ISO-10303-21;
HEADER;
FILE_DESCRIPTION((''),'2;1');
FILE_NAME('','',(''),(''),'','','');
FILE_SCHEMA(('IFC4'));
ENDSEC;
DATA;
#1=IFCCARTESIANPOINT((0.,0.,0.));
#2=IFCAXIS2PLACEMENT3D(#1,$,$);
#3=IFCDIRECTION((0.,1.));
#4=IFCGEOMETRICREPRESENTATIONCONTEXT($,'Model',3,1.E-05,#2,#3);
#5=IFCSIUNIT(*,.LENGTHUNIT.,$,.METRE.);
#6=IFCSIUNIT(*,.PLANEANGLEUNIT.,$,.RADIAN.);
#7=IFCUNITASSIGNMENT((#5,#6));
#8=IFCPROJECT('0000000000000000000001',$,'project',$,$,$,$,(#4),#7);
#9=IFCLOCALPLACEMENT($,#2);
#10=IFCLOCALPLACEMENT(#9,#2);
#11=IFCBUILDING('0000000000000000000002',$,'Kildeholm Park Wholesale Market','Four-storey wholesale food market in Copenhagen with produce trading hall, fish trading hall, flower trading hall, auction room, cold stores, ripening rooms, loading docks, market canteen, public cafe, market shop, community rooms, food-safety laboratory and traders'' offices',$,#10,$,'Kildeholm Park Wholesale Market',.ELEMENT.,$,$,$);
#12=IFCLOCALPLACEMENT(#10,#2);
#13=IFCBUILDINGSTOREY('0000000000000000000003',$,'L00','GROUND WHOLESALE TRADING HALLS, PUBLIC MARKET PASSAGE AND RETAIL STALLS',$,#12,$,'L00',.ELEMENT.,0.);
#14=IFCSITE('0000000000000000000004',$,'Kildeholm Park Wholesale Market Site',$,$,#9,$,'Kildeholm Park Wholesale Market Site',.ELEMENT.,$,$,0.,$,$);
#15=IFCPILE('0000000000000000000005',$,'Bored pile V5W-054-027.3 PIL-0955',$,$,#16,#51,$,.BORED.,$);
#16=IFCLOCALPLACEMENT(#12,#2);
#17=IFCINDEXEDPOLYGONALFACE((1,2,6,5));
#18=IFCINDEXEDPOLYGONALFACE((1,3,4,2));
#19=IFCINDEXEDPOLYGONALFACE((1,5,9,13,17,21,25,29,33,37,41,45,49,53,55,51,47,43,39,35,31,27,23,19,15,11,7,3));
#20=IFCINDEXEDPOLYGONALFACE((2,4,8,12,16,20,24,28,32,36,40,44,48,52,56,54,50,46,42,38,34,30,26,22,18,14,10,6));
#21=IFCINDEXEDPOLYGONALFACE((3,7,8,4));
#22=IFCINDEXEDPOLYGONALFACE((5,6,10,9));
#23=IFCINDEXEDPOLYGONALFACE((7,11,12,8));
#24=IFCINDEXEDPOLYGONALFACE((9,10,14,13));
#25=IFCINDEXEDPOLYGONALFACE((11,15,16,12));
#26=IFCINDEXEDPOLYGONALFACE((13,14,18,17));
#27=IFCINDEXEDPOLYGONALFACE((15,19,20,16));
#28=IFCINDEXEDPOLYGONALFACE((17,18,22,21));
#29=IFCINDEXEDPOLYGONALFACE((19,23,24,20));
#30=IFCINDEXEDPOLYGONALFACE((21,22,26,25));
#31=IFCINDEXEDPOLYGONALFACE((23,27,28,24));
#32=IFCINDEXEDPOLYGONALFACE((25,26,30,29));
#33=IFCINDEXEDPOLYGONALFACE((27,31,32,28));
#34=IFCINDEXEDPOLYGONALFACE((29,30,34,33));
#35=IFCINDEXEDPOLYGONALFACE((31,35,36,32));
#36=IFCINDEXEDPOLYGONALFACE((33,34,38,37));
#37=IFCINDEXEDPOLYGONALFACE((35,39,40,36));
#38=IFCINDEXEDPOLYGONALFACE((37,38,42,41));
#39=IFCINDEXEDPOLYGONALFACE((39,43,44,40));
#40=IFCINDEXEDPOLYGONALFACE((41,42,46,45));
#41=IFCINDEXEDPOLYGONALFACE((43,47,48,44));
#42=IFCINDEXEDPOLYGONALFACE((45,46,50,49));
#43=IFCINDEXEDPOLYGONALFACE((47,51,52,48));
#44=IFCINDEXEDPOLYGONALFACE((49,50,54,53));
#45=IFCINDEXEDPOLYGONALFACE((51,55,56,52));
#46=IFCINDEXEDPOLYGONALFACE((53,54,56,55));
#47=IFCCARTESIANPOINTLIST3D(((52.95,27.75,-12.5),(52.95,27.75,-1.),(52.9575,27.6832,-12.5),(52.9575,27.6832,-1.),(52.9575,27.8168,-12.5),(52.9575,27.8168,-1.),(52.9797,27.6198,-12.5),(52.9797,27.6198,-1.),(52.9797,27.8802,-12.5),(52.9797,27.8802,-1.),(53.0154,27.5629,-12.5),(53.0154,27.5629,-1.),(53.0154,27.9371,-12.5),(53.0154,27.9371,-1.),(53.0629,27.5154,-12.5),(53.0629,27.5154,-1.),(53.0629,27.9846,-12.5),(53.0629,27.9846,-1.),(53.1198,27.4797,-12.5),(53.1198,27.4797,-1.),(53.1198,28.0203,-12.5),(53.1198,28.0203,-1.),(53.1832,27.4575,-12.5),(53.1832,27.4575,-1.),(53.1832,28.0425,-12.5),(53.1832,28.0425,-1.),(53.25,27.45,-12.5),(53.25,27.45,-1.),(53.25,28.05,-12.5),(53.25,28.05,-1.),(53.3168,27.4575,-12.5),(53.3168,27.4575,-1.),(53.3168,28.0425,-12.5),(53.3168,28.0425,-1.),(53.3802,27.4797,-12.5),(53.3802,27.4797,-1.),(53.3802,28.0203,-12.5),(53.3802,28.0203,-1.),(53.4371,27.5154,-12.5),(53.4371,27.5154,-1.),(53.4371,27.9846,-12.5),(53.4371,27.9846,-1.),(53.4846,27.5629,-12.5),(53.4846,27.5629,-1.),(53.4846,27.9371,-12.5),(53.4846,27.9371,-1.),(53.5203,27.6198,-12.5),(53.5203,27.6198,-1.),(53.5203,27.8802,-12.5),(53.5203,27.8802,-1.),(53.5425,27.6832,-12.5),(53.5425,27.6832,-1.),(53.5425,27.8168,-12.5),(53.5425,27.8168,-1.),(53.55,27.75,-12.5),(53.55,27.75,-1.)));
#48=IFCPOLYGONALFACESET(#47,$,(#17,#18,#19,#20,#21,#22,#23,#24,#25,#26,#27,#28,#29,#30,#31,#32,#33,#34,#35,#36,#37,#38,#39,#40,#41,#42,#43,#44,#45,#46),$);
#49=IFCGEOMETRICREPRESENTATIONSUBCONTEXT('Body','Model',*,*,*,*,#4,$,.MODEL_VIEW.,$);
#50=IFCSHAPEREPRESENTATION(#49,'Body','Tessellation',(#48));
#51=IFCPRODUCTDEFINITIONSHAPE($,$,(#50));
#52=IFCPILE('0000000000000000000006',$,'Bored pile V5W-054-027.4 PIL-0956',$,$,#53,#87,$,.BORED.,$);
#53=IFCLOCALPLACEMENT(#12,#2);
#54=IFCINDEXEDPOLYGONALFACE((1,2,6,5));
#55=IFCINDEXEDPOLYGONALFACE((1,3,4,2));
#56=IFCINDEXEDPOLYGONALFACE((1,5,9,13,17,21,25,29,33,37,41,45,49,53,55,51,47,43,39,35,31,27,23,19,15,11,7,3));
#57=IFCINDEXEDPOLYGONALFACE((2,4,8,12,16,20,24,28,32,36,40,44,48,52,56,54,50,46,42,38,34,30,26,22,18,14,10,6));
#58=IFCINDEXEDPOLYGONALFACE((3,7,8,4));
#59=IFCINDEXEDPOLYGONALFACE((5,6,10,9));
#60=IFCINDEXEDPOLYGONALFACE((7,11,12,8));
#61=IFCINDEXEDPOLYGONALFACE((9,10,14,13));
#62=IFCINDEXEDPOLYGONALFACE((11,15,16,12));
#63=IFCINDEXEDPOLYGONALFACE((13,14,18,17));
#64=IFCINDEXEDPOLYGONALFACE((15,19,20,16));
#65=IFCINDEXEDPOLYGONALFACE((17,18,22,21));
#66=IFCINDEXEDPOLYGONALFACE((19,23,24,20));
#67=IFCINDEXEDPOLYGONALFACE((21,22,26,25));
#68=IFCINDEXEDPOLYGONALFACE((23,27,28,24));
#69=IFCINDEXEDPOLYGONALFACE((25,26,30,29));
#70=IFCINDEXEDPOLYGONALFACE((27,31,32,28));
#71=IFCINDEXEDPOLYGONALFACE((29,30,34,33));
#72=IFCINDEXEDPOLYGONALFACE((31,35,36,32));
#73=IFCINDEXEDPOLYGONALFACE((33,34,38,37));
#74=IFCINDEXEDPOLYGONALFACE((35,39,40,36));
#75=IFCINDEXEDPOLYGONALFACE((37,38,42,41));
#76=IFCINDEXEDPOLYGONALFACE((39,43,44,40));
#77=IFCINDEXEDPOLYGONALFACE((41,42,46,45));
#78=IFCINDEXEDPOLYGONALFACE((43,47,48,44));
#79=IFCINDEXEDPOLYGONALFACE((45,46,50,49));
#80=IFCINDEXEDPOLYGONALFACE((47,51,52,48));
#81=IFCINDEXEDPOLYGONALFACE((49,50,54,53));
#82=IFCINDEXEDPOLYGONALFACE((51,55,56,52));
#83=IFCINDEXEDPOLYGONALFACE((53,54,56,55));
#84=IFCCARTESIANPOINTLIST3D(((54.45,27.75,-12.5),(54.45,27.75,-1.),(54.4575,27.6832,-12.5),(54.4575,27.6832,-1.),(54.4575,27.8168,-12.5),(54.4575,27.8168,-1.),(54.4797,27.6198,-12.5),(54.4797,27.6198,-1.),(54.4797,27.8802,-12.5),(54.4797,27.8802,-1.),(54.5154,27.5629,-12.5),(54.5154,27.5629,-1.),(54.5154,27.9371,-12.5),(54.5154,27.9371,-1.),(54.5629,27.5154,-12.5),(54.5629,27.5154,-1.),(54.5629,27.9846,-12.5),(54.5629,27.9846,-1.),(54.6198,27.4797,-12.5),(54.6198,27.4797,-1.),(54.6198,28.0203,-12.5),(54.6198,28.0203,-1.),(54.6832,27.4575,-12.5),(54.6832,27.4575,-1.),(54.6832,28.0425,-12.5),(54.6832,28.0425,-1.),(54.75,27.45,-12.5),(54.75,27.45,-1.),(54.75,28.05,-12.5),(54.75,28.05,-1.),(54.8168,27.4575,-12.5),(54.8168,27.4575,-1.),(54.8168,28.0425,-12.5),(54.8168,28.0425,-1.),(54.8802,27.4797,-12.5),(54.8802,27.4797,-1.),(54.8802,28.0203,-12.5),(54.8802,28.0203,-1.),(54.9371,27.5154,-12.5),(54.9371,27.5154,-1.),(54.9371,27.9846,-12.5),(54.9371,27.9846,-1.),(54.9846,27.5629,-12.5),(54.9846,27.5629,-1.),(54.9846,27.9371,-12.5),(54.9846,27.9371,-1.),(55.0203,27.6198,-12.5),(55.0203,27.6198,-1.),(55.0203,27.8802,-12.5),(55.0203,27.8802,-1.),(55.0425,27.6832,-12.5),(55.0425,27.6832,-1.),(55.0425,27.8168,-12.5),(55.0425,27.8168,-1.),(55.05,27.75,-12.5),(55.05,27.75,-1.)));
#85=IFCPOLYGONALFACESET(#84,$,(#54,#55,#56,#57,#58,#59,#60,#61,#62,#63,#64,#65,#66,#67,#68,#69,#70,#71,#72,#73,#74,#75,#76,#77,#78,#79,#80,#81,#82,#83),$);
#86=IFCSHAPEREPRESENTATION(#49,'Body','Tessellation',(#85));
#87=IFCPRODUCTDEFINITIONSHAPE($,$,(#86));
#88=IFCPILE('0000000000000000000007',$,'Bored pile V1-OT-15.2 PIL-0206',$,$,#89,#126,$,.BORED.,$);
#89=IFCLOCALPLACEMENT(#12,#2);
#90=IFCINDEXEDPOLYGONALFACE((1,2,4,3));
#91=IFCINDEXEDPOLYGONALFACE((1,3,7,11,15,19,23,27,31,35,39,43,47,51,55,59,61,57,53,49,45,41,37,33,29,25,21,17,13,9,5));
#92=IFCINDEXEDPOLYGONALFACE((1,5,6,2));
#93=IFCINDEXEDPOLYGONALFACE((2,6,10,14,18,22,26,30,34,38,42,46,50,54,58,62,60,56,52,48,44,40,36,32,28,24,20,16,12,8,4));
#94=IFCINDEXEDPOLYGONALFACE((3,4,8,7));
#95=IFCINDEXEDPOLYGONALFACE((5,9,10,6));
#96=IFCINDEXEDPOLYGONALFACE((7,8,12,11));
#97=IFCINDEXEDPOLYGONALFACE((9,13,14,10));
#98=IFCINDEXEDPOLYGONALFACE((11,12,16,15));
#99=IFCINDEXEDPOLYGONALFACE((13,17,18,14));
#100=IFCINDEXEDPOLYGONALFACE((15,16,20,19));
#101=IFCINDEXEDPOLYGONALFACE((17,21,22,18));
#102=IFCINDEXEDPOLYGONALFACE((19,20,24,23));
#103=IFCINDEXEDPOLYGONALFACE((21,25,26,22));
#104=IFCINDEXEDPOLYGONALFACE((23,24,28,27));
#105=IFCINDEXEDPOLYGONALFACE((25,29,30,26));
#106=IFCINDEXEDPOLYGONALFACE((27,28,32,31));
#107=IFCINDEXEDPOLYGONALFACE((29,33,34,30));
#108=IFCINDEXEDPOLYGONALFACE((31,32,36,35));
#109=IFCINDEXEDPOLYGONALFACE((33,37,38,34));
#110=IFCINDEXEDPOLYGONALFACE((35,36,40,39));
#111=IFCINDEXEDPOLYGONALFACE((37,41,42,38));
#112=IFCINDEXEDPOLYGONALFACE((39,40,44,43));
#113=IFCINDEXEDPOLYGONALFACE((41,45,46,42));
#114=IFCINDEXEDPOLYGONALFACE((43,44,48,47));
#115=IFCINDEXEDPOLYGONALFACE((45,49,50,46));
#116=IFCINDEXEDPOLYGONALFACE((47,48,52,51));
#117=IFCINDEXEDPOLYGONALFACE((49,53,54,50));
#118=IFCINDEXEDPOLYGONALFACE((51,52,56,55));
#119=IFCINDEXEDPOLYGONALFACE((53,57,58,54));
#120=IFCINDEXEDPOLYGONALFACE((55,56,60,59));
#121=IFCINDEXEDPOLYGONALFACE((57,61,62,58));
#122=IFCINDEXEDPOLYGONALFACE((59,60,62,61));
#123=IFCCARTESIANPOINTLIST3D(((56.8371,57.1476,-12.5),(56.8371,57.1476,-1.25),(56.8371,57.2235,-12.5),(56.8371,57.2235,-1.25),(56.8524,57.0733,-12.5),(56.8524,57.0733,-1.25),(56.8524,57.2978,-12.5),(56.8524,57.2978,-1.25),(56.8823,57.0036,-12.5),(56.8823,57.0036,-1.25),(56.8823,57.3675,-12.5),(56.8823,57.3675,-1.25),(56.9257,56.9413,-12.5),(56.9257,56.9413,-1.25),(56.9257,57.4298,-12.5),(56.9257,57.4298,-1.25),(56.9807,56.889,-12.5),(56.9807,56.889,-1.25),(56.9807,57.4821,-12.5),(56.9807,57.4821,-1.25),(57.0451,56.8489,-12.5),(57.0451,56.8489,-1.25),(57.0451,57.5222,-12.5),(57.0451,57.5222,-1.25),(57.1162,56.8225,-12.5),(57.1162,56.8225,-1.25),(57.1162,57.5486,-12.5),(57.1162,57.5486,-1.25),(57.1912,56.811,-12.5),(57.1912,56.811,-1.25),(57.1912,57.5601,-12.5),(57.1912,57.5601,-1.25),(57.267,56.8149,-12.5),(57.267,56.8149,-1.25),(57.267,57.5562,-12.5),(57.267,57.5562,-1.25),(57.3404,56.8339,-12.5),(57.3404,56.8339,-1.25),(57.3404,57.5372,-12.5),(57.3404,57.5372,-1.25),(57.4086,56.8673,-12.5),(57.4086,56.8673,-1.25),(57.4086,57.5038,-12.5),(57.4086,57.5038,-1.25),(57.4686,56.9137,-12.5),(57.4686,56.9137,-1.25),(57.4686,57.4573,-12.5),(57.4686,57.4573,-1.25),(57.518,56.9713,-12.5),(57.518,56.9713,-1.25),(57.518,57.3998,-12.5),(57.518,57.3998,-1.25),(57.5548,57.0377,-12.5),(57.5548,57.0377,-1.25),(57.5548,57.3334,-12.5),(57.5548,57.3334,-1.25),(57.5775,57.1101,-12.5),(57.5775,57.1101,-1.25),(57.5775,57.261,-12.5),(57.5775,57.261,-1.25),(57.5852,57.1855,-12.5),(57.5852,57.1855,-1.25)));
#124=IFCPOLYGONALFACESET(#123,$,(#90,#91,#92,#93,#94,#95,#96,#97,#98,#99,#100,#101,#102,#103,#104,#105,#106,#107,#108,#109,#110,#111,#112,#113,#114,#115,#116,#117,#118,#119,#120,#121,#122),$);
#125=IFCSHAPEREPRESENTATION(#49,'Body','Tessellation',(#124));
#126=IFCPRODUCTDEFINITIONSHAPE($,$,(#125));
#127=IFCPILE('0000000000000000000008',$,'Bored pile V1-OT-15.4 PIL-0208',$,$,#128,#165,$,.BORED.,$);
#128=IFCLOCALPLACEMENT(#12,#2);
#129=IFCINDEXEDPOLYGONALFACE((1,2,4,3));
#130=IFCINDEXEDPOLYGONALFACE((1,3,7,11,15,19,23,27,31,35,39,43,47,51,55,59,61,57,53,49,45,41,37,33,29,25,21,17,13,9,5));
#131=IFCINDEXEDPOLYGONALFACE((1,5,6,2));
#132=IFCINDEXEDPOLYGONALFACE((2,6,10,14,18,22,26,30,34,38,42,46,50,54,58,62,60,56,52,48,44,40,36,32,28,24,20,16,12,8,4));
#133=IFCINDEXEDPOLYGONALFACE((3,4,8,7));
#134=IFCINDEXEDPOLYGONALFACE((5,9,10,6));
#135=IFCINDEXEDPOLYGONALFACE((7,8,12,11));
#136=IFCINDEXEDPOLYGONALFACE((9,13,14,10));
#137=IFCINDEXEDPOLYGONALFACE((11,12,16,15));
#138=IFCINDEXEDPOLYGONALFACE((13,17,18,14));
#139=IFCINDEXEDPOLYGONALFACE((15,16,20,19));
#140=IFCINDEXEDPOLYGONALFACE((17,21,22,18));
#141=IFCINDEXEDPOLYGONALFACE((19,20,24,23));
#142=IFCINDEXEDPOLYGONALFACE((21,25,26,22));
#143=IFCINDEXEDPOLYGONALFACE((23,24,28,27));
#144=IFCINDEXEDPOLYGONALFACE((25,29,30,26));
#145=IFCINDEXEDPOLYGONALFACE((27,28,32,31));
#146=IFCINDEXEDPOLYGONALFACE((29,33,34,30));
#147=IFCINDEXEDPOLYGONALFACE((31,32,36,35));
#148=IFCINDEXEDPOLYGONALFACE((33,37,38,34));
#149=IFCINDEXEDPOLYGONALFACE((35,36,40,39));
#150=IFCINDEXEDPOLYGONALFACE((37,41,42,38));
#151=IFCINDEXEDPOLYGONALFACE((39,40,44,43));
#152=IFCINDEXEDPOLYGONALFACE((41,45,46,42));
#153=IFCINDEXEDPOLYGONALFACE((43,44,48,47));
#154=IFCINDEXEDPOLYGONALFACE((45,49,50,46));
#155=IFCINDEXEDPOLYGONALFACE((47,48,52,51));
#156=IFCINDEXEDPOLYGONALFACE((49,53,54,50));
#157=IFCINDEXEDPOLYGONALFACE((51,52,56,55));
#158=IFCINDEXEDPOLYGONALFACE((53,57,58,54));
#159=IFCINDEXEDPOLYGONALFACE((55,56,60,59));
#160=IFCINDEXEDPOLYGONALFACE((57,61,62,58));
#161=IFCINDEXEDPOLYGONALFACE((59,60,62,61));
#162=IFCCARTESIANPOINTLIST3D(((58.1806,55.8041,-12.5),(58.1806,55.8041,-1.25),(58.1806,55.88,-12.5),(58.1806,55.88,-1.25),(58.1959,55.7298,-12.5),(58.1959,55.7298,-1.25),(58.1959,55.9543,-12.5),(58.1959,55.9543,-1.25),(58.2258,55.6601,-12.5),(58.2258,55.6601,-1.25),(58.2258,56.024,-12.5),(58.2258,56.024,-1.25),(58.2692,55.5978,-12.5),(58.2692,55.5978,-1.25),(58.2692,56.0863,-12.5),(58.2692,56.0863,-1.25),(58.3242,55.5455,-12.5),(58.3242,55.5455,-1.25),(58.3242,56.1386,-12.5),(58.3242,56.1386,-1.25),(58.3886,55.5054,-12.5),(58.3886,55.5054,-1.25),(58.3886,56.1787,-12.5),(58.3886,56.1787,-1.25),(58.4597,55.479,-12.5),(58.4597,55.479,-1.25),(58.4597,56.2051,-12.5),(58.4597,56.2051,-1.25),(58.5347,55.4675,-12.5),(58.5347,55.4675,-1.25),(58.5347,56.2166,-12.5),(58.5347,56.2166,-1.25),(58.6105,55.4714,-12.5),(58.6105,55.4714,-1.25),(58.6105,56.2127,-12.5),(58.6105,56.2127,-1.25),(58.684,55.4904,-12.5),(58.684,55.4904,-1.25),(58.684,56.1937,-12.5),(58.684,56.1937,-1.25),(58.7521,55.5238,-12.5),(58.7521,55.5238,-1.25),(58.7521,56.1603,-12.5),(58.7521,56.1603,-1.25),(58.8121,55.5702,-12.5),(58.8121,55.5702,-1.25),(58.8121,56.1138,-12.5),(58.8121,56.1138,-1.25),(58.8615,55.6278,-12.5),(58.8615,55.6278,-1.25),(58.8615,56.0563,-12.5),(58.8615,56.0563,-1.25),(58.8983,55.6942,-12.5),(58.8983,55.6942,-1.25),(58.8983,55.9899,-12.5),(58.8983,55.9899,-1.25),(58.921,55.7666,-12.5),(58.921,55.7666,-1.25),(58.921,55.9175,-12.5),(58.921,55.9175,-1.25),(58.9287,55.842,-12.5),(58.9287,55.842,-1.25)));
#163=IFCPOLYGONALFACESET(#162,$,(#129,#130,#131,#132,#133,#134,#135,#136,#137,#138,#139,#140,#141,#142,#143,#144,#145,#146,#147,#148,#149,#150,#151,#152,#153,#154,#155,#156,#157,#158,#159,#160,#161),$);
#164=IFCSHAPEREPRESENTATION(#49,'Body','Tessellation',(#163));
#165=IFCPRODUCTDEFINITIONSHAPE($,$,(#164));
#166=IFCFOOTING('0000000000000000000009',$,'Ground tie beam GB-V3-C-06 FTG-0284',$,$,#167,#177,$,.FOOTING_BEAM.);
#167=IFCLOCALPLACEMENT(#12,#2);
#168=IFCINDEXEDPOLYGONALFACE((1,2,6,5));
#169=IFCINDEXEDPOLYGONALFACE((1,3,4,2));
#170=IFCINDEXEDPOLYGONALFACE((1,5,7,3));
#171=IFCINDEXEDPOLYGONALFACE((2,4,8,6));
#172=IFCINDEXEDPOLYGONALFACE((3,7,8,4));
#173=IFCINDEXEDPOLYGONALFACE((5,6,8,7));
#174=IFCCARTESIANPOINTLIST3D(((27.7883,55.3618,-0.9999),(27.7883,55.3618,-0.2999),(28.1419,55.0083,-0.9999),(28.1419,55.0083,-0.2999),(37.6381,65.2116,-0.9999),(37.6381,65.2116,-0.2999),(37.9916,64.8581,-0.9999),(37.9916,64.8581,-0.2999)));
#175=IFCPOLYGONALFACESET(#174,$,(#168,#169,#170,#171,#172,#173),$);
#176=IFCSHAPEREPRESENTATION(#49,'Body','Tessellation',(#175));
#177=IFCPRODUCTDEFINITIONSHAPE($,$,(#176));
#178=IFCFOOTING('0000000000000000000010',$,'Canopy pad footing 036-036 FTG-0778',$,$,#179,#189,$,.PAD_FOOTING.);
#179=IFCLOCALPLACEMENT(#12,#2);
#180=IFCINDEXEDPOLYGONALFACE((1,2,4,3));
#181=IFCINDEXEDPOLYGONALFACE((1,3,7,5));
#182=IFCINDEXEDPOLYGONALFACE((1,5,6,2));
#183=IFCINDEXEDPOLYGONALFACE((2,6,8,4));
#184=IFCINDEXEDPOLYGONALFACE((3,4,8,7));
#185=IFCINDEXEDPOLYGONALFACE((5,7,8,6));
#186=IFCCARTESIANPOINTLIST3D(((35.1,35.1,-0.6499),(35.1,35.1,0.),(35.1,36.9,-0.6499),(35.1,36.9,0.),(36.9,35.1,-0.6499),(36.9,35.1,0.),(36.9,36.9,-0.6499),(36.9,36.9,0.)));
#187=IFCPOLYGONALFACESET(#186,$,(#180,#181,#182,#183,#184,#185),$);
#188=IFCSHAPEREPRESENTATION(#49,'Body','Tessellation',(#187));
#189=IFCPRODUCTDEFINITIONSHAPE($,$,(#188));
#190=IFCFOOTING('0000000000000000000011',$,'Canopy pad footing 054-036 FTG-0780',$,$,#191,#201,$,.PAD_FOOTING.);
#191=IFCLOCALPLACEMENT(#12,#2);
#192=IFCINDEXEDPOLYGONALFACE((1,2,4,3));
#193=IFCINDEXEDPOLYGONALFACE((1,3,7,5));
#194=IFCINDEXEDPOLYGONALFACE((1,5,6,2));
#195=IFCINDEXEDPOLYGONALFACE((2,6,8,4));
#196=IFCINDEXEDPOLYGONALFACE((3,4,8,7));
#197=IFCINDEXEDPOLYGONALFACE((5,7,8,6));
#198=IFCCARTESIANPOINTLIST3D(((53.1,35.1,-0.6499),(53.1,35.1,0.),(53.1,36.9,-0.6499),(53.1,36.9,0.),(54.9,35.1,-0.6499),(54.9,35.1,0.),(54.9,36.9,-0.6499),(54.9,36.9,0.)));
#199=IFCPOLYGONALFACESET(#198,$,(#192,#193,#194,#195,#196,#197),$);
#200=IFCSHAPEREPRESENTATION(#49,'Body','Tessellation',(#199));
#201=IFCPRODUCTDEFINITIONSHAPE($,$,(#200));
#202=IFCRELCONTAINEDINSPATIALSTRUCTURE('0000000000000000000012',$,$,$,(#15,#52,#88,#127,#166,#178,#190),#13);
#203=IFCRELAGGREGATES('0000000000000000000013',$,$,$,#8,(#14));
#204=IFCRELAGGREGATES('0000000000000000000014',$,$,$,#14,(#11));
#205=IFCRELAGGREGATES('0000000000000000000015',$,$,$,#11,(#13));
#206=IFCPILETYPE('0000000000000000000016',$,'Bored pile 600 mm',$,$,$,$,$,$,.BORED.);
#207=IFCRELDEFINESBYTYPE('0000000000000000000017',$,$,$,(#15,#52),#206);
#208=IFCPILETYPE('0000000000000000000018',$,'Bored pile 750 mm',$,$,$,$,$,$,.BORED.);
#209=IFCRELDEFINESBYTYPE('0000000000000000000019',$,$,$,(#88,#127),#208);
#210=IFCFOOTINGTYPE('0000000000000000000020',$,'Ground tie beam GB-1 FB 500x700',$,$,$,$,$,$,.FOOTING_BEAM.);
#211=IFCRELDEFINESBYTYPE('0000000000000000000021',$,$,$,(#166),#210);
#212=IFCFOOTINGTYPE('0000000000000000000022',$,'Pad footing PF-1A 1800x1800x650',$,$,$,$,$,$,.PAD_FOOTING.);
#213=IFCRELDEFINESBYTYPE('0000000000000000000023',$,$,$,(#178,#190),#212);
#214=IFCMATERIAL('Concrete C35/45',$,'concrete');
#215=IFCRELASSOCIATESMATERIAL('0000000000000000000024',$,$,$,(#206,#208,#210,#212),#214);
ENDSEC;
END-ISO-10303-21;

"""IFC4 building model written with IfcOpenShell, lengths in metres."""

from ifc_helpers import new_model, si_unit, direction, frame, origin, origin_2d, place, context, subcontext, project, spatial, rectangle, circle, extrude, material, material_profile, profile_set, type_object, element, save


model = new_model("IFC4")

# Units and contexts
model_context = context("Model", 3, precision=1e-05, world=origin(), true_north=direction((0.0, 1.0)))
body_context = subcontext(model_context, "Body", "Model", "MODEL_VIEW")
ifc_project = project(units=[si_unit("LENGTHUNIT", "METRE"), si_unit("PLANEANGLEUNIT", "RADIAN")], contexts=[model_context])

# Site, building, storey
site_placement = place(None, origin())
site = spatial("IfcSite", under=ifc_project, at=site_placement, Name="Kildeholm Park Wholesale Market Site", LongName="Kildeholm Park Wholesale Market Site", CompositionType="ELEMENT", RefElevation=0.0)
building_placement = place(site_placement, origin())
building = spatial("IfcBuilding", under=site, at=building_placement, Name="Kildeholm Park Wholesale Market", Description="Four-storey wholesale food market in Copenhagen with produce trading hall, fish trading hall, flower trading hall, auction room, cold stores, ripening rooms, loading docks, market canteen, public cafe, market shop, community rooms, food-safety laboratory and traders' offices", LongName="Kildeholm Park Wholesale Market", CompositionType="ELEMENT")
storey_placement = place(building_placement, origin())
storey = spatial("IfcBuildingStorey", under=building, at=storey_placement, Name="L00", Description="GROUND WHOLESALE TRADING HALLS, PUBLIC MARKET PASSAGE AND RETAIL STALLS", LongName="L00", CompositionType="ELEMENT", Elevation=0.0)

# Piles
ifc_material_1 = material(Name="Concrete C35/45", Category="concrete")
ifc_material_profile_1 = material_profile(ifc_material_1, circle(Radius=0.3, at=origin_2d()), Name="PILE D600")
ifc_profile_set_1 = profile_set([ifc_material_profile_1], Name="Concrete C35/45")
pile_type_1 = type_object("IfcPileType", Name="Bored pile 600 mm", PredefinedType="BORED", material=ifc_profile_set_1)
for number, where, z_axis, x_axis, name in (
    (1, (53.25, 27.75, -1.0), (0.0, 0.0, -1.0), (1.0, 0.0, 0.0), "Bored pile V5W-054-027.3 PIL-0955"),
    (2, (54.75, 27.75, -1.0), (0.0, 0.0, -1.0), (1.0, 0.0, 0.0), "Bored pile V5W-054-027.4 PIL-0956"),
):
    element("IfcPile", number, at=place(storey_placement, frame(where, z_axis=z_axis, x_axis=x_axis)), inside=storey, type_object=pile_type_1, Name=name, PredefinedType="BORED", context=body_context, shape_type="SweptSolid", body=[
        extrude(circle(Radius=0.3, at=origin_2d()), origin(), (0.0, 0.0, 1.0), 11.5),
    ])
ifc_material_profile_2 = material_profile(ifc_material_1, circle(Radius=0.375, at=origin_2d()), Name="PILE D750")
ifc_profile_set_2 = profile_set([ifc_material_profile_2], Name="Concrete C35/45")
pile_type_2 = type_object("IfcPileType", Name="Bored pile 750 mm", PredefinedType="BORED", material=ifc_profile_set_2)
for number, where, z_axis, x_axis, name in (
    (3, (57.2102, 57.1855, -1.25), (0.0, 0.0, -1.0), (1.0, 0.0, 0.0), "Bored pile V1-OT-15.2 PIL-0206"),
    (4, (58.5537, 55.842, -1.25), (0.0, 0.0, -1.0), (1.0, 0.0, 0.0), "Bored pile V1-OT-15.4 PIL-0208"),
):
    element("IfcPile", number, at=place(storey_placement, frame(where, z_axis=z_axis, x_axis=x_axis)), inside=storey, type_object=pile_type_2, Name=name, PredefinedType="BORED", context=body_context, shape_type="SweptSolid", body=[
        extrude(circle(Radius=0.375, at=origin_2d()), origin(), (0.0, 0.0, 1.0), 11.25),
    ])

# Footings
ifc_material_profile_3 = material_profile(ifc_material_1, rectangle(XDim=0.5, YDim=0.7, at=origin_2d()), Name="FB 500x700")
ifc_profile_set_3 = profile_set([ifc_material_profile_3], Name="Concrete C35/45")
footing_type_1 = type_object("IfcFootingType", Name="Ground tie beam GB-1 FB 500x700", PredefinedType="FOOTING_BEAM", material=ifc_profile_set_3)
footing_1_placement = place(storey_placement, frame((27.9651, 55.1851, -0.6499), z_axis=(0.707107, 0.707107, 0.0), x_axis=(-0.707107, 0.707107, 0.0)))
element("IfcFooting", 5, at=footing_1_placement, inside=storey, type_object=footing_type_1, Name="Ground tie beam GB-V3-C-06 FTG-0284", PredefinedType="FOOTING_BEAM", context=body_context, shape_type="SweptSolid", body=[
    extrude(rectangle(XDim=0.5, YDim=0.7, at=origin_2d()), origin(), (0.0, 0.0, 1.0), 13.9297),
])
footing_type_2 = type_object("IfcFootingType", Name="Pad footing PF-1A 1800x1800x650", PredefinedType="PAD_FOOTING", material=ifc_material_1)
for number, where, z_axis, x_axis, name in (
    (6, (36.0, 36.0, -0.6499), (0.0, 0.0, 1.0), (1.0, 0.0, 0.0), "Canopy pad footing 036-036 FTG-0778"),
    (7, (54.0, 36.0, -0.6499), (0.0, 0.0, 1.0), (1.0, 0.0, 0.0), "Canopy pad footing 054-036 FTG-0780"),
):
    element("IfcFooting", number, at=place(storey_placement, frame(where, z_axis=z_axis, x_axis=x_axis)), inside=storey, type_object=footing_type_2, Name=name, PredefinedType="PAD_FOOTING", context=body_context, shape_type="SweptSolid", body=[
        extrude(rectangle(XDim=1.8, YDim=1.8, at=origin_2d()), origin(), (0.0, 0.0, 1.0), 0.6499),
    ])

save(model, "model.ifc")
